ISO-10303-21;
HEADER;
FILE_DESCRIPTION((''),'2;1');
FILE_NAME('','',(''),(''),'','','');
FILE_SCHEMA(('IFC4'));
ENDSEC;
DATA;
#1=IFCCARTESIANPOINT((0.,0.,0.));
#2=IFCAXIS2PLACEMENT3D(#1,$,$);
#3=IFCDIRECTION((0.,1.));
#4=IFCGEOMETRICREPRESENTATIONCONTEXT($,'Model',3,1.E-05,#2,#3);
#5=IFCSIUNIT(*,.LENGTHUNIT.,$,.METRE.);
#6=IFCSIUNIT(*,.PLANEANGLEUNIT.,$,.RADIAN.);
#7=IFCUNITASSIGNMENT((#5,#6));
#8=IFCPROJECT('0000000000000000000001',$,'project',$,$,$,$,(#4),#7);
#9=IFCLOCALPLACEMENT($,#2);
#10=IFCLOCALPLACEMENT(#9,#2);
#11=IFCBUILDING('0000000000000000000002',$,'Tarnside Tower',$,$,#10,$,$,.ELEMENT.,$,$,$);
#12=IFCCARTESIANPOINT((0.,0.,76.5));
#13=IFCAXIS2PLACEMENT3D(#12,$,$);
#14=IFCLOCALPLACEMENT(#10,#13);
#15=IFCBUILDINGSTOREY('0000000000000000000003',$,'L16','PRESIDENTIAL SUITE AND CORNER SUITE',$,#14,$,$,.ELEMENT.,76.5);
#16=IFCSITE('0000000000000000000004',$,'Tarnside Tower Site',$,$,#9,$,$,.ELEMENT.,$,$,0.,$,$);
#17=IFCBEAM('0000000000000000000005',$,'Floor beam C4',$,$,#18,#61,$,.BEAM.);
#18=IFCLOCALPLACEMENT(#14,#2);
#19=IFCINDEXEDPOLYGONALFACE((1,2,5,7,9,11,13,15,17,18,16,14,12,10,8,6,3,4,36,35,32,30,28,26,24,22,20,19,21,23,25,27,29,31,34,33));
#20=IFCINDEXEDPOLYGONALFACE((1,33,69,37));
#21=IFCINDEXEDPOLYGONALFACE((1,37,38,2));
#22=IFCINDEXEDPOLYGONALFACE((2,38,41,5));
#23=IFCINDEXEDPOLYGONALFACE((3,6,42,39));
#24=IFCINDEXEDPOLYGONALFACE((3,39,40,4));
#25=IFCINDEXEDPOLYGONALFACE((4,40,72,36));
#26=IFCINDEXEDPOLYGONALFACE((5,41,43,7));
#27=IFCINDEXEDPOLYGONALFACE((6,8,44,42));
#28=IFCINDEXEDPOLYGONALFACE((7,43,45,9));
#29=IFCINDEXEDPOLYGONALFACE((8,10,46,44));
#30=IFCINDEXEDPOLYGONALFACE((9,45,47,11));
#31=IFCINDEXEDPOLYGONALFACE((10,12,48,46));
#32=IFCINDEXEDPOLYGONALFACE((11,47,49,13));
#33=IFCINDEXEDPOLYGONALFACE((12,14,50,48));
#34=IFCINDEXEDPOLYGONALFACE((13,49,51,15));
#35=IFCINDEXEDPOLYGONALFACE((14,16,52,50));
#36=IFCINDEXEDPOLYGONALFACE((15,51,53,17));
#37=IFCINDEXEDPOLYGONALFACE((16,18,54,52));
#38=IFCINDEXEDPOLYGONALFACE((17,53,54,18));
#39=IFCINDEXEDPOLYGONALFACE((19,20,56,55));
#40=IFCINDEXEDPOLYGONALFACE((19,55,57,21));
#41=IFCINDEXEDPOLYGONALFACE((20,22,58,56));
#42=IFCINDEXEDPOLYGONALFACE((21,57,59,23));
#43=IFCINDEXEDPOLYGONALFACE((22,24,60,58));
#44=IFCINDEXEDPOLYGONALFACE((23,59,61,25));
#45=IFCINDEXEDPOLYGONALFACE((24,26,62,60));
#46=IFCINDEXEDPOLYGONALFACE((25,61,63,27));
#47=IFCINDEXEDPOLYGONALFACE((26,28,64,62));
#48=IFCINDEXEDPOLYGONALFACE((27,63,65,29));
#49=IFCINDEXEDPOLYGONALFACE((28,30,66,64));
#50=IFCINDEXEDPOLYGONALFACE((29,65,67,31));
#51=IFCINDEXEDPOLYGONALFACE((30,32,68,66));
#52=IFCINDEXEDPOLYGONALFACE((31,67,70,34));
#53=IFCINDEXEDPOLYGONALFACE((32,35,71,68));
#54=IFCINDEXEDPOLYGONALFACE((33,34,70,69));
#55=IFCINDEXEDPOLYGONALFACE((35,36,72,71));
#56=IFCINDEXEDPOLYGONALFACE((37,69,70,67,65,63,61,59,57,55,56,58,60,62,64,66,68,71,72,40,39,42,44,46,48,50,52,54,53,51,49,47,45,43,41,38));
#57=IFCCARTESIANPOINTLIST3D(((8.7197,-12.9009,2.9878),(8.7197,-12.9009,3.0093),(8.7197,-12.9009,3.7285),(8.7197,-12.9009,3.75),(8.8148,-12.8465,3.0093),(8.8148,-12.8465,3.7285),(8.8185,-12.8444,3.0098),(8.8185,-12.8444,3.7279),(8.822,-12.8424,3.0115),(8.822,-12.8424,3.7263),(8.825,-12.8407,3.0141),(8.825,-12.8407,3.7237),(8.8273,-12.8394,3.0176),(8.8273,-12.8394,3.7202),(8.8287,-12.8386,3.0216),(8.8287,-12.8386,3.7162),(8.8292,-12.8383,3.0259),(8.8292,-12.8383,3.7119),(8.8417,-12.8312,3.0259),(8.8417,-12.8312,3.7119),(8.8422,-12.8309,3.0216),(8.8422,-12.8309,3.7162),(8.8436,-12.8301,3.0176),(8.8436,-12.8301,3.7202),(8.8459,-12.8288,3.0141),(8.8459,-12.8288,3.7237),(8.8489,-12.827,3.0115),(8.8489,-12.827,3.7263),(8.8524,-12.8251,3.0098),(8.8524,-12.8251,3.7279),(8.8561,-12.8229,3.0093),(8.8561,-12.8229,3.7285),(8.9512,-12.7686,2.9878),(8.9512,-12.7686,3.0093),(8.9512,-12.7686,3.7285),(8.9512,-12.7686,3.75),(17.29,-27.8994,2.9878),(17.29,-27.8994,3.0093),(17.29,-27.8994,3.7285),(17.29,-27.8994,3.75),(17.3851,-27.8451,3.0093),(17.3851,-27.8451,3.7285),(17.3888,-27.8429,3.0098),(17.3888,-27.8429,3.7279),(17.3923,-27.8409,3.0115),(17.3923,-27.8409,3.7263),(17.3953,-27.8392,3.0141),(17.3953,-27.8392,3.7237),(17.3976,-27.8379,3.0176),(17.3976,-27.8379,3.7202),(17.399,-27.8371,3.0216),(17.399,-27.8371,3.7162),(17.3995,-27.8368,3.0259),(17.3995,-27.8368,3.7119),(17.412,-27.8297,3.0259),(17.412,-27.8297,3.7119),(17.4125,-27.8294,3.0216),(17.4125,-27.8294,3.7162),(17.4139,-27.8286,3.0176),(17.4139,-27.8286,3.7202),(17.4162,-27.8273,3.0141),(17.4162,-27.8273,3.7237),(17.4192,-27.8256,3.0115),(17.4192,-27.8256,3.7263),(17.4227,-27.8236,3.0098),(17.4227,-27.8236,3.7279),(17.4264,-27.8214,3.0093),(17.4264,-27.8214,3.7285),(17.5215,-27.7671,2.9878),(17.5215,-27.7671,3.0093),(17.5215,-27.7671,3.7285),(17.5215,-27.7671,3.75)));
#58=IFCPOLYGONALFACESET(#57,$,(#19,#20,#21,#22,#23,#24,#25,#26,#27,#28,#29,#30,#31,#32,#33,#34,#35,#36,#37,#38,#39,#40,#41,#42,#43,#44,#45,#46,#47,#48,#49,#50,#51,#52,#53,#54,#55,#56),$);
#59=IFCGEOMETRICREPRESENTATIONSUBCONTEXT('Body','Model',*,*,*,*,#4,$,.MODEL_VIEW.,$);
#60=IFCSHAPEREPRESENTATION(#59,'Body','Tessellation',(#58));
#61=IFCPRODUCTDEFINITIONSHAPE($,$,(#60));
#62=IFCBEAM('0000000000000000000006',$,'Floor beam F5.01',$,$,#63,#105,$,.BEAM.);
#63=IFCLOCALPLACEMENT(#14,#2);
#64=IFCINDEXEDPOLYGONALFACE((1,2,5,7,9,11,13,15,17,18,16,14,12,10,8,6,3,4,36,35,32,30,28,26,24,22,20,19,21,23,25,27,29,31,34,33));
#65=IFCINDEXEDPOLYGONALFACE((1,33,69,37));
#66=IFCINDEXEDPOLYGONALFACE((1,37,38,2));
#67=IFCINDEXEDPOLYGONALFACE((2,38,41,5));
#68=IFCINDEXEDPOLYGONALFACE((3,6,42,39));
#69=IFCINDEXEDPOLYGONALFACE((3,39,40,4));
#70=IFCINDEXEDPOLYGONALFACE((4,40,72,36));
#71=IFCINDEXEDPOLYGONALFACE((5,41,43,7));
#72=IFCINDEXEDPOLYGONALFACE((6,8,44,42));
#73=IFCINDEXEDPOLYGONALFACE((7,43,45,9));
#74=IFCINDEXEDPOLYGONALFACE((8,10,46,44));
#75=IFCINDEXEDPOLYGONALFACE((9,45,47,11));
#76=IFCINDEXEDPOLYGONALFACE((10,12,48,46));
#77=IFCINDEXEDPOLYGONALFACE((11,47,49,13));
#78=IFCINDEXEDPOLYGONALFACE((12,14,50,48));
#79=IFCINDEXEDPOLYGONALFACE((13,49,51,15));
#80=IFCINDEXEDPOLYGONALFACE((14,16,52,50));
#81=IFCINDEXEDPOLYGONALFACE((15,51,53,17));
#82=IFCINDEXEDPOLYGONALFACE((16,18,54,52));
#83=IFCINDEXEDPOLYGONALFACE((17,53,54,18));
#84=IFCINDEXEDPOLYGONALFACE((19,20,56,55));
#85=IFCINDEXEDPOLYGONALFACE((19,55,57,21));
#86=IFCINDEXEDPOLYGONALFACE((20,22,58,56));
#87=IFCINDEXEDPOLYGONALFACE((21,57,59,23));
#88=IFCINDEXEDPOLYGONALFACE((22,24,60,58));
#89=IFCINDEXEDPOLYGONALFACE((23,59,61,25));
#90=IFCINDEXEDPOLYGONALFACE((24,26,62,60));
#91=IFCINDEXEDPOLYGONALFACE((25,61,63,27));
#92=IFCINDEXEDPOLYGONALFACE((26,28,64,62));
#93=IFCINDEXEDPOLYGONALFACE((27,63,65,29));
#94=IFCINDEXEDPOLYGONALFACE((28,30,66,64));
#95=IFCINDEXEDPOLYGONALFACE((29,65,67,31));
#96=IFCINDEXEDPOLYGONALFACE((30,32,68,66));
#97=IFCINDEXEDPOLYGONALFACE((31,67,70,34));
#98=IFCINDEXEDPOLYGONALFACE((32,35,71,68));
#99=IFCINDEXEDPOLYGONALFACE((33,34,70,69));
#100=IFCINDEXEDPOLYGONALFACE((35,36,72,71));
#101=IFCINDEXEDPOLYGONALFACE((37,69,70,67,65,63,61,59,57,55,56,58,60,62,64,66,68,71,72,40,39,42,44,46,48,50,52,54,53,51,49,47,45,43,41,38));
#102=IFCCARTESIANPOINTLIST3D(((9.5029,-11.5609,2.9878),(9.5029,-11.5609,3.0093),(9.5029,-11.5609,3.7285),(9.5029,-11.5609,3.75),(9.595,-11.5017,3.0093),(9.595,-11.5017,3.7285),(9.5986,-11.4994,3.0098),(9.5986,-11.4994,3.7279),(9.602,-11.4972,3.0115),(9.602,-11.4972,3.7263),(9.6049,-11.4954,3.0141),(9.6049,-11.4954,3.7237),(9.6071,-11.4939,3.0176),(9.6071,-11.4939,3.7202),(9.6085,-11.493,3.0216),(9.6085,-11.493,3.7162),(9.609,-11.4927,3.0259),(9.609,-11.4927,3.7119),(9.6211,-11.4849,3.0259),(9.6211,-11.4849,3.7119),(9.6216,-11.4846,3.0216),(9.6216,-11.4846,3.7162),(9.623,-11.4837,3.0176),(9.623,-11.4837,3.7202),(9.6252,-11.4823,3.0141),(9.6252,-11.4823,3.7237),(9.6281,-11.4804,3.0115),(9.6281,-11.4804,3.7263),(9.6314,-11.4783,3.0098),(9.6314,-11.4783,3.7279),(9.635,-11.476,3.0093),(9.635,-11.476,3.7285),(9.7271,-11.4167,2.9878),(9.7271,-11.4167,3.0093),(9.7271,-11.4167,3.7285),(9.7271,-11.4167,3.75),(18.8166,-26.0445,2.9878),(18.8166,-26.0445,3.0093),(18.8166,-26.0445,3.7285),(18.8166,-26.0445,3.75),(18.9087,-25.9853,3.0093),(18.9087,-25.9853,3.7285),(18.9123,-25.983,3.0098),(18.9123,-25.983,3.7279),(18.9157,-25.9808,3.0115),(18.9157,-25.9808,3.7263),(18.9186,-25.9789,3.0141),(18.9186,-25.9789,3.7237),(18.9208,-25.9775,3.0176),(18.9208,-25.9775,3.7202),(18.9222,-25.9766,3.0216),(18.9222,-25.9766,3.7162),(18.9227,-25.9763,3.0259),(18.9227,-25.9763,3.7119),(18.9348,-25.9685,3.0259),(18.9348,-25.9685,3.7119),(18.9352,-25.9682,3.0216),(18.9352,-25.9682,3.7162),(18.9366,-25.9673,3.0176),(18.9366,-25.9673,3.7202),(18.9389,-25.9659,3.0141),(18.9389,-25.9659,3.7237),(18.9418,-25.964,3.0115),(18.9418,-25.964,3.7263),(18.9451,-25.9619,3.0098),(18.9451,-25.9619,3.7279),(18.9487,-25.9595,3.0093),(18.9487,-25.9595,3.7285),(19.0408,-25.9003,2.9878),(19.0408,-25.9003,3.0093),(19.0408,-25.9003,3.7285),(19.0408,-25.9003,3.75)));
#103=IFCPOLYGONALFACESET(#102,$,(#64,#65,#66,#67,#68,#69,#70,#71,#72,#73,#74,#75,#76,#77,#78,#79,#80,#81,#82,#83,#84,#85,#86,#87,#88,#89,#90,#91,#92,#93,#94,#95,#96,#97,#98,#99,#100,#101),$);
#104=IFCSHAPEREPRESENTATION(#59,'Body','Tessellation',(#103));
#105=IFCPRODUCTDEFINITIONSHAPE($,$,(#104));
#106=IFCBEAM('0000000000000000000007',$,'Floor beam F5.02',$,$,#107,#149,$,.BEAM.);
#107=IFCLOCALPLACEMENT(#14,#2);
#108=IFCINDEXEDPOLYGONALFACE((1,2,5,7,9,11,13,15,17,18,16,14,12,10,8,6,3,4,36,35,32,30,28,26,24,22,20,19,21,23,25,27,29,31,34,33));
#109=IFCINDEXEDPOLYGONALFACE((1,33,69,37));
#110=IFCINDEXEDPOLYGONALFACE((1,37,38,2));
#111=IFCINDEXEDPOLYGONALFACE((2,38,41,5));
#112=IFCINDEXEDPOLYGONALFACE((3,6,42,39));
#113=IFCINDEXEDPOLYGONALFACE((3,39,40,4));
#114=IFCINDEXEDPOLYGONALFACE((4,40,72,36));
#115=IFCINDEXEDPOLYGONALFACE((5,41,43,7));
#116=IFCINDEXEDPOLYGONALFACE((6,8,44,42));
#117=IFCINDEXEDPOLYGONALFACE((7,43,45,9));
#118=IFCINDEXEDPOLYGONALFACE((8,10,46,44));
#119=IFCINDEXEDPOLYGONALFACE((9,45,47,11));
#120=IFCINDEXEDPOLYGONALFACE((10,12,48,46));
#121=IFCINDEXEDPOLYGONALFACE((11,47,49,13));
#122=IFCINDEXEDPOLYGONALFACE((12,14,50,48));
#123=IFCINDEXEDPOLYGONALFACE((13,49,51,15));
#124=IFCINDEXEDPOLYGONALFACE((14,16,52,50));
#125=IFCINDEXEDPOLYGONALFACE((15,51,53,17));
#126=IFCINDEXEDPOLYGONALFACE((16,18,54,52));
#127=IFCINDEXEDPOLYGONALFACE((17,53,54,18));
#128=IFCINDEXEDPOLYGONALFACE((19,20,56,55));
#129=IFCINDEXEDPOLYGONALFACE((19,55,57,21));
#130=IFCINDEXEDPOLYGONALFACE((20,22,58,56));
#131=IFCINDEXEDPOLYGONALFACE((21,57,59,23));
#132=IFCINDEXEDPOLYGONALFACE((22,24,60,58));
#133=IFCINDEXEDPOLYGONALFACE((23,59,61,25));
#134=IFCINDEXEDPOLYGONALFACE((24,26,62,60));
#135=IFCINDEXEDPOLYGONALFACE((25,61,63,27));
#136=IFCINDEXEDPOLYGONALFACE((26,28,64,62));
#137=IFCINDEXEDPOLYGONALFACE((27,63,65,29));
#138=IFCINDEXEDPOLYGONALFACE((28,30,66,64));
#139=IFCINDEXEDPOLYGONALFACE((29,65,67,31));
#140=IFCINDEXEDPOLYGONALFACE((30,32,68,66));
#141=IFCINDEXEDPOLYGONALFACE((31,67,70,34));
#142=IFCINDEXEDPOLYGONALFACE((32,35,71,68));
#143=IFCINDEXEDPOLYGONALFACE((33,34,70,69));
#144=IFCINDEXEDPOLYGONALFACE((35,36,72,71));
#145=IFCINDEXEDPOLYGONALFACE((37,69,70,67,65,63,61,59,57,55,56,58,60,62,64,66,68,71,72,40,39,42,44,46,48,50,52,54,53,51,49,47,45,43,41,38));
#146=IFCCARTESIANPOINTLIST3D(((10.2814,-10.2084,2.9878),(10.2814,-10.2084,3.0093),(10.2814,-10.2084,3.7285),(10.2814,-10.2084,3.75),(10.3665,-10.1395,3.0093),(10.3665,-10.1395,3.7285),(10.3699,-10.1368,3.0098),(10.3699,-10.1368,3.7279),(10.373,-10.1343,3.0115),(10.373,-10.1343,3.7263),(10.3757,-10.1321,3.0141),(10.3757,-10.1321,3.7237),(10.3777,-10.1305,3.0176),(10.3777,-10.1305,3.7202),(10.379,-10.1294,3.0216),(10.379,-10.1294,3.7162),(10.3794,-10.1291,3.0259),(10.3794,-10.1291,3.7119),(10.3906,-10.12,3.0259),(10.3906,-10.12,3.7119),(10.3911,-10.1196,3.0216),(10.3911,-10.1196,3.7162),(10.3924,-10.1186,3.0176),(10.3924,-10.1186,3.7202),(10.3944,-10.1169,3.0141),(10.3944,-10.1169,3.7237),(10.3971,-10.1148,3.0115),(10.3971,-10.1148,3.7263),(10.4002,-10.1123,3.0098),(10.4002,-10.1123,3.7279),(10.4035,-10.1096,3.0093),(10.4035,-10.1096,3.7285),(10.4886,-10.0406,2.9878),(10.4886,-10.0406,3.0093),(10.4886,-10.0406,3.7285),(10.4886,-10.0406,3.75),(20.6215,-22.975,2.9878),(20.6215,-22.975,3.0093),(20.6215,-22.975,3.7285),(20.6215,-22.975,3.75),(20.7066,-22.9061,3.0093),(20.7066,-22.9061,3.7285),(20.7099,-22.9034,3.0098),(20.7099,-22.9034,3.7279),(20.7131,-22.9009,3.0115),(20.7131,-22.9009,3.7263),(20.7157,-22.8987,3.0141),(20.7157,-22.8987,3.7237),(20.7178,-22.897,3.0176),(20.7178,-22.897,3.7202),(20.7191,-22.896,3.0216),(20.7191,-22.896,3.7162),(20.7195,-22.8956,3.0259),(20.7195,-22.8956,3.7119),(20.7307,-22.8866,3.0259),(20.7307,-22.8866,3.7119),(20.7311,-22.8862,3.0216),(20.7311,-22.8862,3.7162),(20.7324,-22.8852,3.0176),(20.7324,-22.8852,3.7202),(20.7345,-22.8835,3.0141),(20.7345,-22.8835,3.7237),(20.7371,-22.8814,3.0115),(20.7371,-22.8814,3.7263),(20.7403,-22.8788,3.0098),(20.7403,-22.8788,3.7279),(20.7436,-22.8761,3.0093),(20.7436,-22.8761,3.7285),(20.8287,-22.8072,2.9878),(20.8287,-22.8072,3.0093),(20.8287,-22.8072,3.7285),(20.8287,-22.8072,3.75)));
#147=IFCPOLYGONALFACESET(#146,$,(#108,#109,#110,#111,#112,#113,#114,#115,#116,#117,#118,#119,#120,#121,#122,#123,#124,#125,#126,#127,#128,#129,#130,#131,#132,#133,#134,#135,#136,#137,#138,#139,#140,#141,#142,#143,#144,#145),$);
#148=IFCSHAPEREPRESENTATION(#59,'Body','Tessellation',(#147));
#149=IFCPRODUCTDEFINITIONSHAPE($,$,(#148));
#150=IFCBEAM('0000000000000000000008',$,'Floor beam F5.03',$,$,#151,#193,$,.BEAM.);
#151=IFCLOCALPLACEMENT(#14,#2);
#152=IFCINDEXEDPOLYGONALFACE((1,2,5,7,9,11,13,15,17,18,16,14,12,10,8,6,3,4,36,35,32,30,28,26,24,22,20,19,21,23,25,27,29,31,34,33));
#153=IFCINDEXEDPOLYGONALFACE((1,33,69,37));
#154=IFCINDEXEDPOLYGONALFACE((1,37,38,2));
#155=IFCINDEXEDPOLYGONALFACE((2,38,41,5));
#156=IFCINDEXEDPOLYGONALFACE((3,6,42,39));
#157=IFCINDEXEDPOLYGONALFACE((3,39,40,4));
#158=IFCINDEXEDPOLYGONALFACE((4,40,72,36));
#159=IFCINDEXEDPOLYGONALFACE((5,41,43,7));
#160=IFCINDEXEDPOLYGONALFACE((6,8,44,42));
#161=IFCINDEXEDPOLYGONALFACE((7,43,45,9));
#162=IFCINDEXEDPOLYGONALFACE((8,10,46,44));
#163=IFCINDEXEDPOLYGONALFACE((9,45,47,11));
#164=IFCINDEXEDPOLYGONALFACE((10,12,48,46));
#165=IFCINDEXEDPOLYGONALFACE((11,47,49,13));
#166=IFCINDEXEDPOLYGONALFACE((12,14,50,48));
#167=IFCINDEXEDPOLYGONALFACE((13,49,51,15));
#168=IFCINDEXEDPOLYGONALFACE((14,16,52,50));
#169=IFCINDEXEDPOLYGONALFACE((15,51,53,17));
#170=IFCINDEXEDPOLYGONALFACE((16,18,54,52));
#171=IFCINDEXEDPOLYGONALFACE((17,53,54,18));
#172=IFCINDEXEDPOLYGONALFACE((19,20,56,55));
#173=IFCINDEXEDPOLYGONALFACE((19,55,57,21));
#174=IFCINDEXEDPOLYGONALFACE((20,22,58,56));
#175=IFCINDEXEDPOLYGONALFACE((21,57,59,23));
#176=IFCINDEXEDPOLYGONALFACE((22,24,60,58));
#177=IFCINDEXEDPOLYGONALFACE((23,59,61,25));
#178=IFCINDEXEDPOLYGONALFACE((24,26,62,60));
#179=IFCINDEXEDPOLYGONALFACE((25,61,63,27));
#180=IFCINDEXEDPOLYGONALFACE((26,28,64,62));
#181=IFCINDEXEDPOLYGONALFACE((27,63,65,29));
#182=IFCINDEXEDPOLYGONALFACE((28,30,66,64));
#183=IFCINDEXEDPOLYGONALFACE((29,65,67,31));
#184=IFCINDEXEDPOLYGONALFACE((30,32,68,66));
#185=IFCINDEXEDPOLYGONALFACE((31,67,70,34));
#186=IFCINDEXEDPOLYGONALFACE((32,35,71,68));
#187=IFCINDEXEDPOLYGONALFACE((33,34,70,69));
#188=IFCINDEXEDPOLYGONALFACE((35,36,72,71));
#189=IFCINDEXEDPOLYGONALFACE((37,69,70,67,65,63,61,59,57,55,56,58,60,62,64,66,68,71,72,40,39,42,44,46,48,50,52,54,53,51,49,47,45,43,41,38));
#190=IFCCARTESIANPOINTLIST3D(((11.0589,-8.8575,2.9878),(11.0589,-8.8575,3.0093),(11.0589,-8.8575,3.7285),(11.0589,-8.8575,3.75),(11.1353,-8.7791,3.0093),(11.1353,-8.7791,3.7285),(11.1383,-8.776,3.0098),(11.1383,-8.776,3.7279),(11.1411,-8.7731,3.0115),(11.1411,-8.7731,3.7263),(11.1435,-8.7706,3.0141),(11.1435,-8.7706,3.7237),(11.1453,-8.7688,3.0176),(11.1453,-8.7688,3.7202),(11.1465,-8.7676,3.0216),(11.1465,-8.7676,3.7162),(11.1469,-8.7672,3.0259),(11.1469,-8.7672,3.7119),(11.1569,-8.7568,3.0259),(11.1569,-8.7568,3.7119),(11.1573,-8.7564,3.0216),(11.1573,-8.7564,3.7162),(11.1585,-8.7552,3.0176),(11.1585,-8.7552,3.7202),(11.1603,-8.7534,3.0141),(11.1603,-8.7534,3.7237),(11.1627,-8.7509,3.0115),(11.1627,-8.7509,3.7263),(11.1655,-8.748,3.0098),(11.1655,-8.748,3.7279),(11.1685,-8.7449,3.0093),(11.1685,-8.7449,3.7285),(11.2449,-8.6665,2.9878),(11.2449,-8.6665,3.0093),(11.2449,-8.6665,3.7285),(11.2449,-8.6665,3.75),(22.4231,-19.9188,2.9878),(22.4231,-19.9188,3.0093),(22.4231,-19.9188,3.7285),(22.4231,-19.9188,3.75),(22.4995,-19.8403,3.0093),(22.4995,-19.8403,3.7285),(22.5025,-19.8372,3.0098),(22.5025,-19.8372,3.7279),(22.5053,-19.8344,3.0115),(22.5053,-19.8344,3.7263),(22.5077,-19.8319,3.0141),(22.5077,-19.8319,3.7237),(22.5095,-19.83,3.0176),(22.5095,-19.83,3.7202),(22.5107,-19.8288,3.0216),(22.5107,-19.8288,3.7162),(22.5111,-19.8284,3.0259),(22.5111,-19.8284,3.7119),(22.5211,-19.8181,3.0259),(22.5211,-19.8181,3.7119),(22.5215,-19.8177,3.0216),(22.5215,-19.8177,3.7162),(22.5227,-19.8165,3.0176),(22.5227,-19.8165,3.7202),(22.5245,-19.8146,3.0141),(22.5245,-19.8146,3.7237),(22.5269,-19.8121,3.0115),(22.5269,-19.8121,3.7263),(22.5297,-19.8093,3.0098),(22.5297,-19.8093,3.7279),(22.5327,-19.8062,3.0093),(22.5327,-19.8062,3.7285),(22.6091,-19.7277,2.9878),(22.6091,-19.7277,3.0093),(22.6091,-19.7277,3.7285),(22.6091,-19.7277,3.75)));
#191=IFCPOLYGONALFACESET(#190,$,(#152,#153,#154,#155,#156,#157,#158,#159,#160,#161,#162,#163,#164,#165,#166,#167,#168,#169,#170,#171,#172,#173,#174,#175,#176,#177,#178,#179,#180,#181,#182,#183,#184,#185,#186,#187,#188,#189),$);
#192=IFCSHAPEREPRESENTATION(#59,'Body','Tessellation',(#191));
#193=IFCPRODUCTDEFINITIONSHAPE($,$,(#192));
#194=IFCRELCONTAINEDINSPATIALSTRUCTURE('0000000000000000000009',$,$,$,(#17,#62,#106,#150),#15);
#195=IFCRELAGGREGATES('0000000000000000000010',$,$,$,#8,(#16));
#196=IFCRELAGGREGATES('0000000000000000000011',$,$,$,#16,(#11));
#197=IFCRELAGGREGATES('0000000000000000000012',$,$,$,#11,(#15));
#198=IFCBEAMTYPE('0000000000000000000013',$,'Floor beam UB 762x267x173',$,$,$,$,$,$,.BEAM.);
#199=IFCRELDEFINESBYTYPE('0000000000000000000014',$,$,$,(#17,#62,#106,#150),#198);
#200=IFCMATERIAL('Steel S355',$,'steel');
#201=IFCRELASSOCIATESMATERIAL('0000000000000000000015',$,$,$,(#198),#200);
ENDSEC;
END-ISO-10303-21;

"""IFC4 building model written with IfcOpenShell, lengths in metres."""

from ifc_helpers import new_model, si_unit, direction, frame, origin, origin_2d, place, context, subcontext, project, spatial, i_section, extrude, material, material_profile, profile_set, type_object, element, save


model = new_model("IFC4")

# Units and contexts
model_context = context("Model", 3, precision=1e-05, world=origin(), true_north=direction((0.0, 1.0)))
body_context = subcontext(model_context, "Body", "Model", "MODEL_VIEW")
ifc_project = project(units=[si_unit("LENGTHUNIT", "METRE"), si_unit("PLANEANGLEUNIT", "RADIAN")], contexts=[model_context])

# Site, building, storey
site_placement = place(None, origin())
site = spatial("IfcSite", under=ifc_project, at=site_placement, Name="Tarnside Tower Site", CompositionType="ELEMENT", RefElevation=0.0)
building_placement = place(site_placement, origin())
building = spatial("IfcBuilding", under=site, at=building_placement, Name="Tarnside Tower", CompositionType="ELEMENT")
storey_placement = place(building_placement, frame((0.0, 0.0, 76.5)))
storey = spatial("IfcBuildingStorey", under=building, at=storey_placement, Name="L16", Description="PRESIDENTIAL SUITE AND CORNER SUITE", CompositionType="ELEMENT", Elevation=76.5)

# Beams
ifc_material_1 = material(Name="Steel S355", Category="steel")
ifc_material_profile = material_profile(ifc_material_1, i_section(OverallWidth=0.2666, OverallDepth=0.7622, WebThickness=0.0144, FlangeThickness=0.0215, FilletRadius=0.0166, at=origin_2d()), Name="UB 762x267x173")
ifc_profile_set = profile_set([ifc_material_profile], Name="Steel S355")
beam_type = type_object("IfcBeamType", Name="Floor beam UB 762x267x173", PredefinedType="BEAM", material=ifc_profile_set)
beam_1_placement = place(storey_placement, frame((17.4058, -27.8333, 3.3689), z_axis=(-0.496127, 0.86825, 0.0), x_axis=(-0.86825, -0.496127, 0.0)))
element("IfcBeam", 1, at=beam_1_placement, inside=storey, type_object=beam_type, Name="Floor beam C4", PredefinedType="BEAM", context=body_context, shape_type="SweptSolid", body=[
    extrude(i_section(OverallWidth=0.2666, OverallDepth=0.7622, WebThickness=0.0144, FlangeThickness=0.0215, FilletRadius=0.0166, at=origin_2d()), origin(), (0.0, 0.0, 1.0), 17.2744),
])
beam_2_placement = place(storey_placement, frame((18.9287, -25.9724, 3.3689), z_axis=(-0.540873, 0.841104, 0.0), x_axis=(-0.841104, -0.540873, 0.0)))
element("IfcBeam", 2, at=beam_2_placement, inside=storey, type_object=beam_type, Name="Floor beam F5.01", PredefinedType="BEAM", context=body_context, shape_type="SweptSolid", body=[
    extrude(i_section(OverallWidth=0.2666, OverallDepth=0.7622, WebThickness=0.0144, FlangeThickness=0.0215, FilletRadius=0.0166, at=origin_2d()), origin(), (0.0, 0.0, 1.0), 17.2197),
])
beam_3_placement = place(storey_placement, frame((20.7251, -22.8911, 3.3689), z_axis=(-0.62939, 0.777089, 0.0), x_axis=(-0.777089, -0.62939, 0.0)))
element("IfcBeam", 3, at=beam_3_placement, inside=storey, type_object=beam_type, Name="Floor beam F5.02", PredefinedType="BEAM", context=body_context, shape_type="SweptSolid", body=[
    extrude(i_section(OverallWidth=0.2666, OverallDepth=0.7622, WebThickness=0.0144, FlangeThickness=0.0215, FilletRadius=0.0166, at=origin_2d()), origin(), (0.0, 0.0, 1.0), 16.4287),
])
beam_4_placement = place(storey_placement, frame((22.5161, -19.8232, 3.3689), z_axis=(-0.716595, 0.69749, 0.0), x_axis=(-0.69749, -0.716595, 0.0)))
element("IfcBeam", 4, at=beam_4_placement, inside=storey, type_object=beam_type, Name="Floor beam F5.03", PredefinedType="BEAM", context=body_context, shape_type="SweptSolid", body=[
    extrude(i_section(OverallWidth=0.2666, OverallDepth=0.7622, WebThickness=0.0144, FlangeThickness=0.0215, FilletRadius=0.0166, at=origin_2d()), origin(), (0.0, 0.0, 1.0), 15.8586),
])

save(model, "model.ifc")
